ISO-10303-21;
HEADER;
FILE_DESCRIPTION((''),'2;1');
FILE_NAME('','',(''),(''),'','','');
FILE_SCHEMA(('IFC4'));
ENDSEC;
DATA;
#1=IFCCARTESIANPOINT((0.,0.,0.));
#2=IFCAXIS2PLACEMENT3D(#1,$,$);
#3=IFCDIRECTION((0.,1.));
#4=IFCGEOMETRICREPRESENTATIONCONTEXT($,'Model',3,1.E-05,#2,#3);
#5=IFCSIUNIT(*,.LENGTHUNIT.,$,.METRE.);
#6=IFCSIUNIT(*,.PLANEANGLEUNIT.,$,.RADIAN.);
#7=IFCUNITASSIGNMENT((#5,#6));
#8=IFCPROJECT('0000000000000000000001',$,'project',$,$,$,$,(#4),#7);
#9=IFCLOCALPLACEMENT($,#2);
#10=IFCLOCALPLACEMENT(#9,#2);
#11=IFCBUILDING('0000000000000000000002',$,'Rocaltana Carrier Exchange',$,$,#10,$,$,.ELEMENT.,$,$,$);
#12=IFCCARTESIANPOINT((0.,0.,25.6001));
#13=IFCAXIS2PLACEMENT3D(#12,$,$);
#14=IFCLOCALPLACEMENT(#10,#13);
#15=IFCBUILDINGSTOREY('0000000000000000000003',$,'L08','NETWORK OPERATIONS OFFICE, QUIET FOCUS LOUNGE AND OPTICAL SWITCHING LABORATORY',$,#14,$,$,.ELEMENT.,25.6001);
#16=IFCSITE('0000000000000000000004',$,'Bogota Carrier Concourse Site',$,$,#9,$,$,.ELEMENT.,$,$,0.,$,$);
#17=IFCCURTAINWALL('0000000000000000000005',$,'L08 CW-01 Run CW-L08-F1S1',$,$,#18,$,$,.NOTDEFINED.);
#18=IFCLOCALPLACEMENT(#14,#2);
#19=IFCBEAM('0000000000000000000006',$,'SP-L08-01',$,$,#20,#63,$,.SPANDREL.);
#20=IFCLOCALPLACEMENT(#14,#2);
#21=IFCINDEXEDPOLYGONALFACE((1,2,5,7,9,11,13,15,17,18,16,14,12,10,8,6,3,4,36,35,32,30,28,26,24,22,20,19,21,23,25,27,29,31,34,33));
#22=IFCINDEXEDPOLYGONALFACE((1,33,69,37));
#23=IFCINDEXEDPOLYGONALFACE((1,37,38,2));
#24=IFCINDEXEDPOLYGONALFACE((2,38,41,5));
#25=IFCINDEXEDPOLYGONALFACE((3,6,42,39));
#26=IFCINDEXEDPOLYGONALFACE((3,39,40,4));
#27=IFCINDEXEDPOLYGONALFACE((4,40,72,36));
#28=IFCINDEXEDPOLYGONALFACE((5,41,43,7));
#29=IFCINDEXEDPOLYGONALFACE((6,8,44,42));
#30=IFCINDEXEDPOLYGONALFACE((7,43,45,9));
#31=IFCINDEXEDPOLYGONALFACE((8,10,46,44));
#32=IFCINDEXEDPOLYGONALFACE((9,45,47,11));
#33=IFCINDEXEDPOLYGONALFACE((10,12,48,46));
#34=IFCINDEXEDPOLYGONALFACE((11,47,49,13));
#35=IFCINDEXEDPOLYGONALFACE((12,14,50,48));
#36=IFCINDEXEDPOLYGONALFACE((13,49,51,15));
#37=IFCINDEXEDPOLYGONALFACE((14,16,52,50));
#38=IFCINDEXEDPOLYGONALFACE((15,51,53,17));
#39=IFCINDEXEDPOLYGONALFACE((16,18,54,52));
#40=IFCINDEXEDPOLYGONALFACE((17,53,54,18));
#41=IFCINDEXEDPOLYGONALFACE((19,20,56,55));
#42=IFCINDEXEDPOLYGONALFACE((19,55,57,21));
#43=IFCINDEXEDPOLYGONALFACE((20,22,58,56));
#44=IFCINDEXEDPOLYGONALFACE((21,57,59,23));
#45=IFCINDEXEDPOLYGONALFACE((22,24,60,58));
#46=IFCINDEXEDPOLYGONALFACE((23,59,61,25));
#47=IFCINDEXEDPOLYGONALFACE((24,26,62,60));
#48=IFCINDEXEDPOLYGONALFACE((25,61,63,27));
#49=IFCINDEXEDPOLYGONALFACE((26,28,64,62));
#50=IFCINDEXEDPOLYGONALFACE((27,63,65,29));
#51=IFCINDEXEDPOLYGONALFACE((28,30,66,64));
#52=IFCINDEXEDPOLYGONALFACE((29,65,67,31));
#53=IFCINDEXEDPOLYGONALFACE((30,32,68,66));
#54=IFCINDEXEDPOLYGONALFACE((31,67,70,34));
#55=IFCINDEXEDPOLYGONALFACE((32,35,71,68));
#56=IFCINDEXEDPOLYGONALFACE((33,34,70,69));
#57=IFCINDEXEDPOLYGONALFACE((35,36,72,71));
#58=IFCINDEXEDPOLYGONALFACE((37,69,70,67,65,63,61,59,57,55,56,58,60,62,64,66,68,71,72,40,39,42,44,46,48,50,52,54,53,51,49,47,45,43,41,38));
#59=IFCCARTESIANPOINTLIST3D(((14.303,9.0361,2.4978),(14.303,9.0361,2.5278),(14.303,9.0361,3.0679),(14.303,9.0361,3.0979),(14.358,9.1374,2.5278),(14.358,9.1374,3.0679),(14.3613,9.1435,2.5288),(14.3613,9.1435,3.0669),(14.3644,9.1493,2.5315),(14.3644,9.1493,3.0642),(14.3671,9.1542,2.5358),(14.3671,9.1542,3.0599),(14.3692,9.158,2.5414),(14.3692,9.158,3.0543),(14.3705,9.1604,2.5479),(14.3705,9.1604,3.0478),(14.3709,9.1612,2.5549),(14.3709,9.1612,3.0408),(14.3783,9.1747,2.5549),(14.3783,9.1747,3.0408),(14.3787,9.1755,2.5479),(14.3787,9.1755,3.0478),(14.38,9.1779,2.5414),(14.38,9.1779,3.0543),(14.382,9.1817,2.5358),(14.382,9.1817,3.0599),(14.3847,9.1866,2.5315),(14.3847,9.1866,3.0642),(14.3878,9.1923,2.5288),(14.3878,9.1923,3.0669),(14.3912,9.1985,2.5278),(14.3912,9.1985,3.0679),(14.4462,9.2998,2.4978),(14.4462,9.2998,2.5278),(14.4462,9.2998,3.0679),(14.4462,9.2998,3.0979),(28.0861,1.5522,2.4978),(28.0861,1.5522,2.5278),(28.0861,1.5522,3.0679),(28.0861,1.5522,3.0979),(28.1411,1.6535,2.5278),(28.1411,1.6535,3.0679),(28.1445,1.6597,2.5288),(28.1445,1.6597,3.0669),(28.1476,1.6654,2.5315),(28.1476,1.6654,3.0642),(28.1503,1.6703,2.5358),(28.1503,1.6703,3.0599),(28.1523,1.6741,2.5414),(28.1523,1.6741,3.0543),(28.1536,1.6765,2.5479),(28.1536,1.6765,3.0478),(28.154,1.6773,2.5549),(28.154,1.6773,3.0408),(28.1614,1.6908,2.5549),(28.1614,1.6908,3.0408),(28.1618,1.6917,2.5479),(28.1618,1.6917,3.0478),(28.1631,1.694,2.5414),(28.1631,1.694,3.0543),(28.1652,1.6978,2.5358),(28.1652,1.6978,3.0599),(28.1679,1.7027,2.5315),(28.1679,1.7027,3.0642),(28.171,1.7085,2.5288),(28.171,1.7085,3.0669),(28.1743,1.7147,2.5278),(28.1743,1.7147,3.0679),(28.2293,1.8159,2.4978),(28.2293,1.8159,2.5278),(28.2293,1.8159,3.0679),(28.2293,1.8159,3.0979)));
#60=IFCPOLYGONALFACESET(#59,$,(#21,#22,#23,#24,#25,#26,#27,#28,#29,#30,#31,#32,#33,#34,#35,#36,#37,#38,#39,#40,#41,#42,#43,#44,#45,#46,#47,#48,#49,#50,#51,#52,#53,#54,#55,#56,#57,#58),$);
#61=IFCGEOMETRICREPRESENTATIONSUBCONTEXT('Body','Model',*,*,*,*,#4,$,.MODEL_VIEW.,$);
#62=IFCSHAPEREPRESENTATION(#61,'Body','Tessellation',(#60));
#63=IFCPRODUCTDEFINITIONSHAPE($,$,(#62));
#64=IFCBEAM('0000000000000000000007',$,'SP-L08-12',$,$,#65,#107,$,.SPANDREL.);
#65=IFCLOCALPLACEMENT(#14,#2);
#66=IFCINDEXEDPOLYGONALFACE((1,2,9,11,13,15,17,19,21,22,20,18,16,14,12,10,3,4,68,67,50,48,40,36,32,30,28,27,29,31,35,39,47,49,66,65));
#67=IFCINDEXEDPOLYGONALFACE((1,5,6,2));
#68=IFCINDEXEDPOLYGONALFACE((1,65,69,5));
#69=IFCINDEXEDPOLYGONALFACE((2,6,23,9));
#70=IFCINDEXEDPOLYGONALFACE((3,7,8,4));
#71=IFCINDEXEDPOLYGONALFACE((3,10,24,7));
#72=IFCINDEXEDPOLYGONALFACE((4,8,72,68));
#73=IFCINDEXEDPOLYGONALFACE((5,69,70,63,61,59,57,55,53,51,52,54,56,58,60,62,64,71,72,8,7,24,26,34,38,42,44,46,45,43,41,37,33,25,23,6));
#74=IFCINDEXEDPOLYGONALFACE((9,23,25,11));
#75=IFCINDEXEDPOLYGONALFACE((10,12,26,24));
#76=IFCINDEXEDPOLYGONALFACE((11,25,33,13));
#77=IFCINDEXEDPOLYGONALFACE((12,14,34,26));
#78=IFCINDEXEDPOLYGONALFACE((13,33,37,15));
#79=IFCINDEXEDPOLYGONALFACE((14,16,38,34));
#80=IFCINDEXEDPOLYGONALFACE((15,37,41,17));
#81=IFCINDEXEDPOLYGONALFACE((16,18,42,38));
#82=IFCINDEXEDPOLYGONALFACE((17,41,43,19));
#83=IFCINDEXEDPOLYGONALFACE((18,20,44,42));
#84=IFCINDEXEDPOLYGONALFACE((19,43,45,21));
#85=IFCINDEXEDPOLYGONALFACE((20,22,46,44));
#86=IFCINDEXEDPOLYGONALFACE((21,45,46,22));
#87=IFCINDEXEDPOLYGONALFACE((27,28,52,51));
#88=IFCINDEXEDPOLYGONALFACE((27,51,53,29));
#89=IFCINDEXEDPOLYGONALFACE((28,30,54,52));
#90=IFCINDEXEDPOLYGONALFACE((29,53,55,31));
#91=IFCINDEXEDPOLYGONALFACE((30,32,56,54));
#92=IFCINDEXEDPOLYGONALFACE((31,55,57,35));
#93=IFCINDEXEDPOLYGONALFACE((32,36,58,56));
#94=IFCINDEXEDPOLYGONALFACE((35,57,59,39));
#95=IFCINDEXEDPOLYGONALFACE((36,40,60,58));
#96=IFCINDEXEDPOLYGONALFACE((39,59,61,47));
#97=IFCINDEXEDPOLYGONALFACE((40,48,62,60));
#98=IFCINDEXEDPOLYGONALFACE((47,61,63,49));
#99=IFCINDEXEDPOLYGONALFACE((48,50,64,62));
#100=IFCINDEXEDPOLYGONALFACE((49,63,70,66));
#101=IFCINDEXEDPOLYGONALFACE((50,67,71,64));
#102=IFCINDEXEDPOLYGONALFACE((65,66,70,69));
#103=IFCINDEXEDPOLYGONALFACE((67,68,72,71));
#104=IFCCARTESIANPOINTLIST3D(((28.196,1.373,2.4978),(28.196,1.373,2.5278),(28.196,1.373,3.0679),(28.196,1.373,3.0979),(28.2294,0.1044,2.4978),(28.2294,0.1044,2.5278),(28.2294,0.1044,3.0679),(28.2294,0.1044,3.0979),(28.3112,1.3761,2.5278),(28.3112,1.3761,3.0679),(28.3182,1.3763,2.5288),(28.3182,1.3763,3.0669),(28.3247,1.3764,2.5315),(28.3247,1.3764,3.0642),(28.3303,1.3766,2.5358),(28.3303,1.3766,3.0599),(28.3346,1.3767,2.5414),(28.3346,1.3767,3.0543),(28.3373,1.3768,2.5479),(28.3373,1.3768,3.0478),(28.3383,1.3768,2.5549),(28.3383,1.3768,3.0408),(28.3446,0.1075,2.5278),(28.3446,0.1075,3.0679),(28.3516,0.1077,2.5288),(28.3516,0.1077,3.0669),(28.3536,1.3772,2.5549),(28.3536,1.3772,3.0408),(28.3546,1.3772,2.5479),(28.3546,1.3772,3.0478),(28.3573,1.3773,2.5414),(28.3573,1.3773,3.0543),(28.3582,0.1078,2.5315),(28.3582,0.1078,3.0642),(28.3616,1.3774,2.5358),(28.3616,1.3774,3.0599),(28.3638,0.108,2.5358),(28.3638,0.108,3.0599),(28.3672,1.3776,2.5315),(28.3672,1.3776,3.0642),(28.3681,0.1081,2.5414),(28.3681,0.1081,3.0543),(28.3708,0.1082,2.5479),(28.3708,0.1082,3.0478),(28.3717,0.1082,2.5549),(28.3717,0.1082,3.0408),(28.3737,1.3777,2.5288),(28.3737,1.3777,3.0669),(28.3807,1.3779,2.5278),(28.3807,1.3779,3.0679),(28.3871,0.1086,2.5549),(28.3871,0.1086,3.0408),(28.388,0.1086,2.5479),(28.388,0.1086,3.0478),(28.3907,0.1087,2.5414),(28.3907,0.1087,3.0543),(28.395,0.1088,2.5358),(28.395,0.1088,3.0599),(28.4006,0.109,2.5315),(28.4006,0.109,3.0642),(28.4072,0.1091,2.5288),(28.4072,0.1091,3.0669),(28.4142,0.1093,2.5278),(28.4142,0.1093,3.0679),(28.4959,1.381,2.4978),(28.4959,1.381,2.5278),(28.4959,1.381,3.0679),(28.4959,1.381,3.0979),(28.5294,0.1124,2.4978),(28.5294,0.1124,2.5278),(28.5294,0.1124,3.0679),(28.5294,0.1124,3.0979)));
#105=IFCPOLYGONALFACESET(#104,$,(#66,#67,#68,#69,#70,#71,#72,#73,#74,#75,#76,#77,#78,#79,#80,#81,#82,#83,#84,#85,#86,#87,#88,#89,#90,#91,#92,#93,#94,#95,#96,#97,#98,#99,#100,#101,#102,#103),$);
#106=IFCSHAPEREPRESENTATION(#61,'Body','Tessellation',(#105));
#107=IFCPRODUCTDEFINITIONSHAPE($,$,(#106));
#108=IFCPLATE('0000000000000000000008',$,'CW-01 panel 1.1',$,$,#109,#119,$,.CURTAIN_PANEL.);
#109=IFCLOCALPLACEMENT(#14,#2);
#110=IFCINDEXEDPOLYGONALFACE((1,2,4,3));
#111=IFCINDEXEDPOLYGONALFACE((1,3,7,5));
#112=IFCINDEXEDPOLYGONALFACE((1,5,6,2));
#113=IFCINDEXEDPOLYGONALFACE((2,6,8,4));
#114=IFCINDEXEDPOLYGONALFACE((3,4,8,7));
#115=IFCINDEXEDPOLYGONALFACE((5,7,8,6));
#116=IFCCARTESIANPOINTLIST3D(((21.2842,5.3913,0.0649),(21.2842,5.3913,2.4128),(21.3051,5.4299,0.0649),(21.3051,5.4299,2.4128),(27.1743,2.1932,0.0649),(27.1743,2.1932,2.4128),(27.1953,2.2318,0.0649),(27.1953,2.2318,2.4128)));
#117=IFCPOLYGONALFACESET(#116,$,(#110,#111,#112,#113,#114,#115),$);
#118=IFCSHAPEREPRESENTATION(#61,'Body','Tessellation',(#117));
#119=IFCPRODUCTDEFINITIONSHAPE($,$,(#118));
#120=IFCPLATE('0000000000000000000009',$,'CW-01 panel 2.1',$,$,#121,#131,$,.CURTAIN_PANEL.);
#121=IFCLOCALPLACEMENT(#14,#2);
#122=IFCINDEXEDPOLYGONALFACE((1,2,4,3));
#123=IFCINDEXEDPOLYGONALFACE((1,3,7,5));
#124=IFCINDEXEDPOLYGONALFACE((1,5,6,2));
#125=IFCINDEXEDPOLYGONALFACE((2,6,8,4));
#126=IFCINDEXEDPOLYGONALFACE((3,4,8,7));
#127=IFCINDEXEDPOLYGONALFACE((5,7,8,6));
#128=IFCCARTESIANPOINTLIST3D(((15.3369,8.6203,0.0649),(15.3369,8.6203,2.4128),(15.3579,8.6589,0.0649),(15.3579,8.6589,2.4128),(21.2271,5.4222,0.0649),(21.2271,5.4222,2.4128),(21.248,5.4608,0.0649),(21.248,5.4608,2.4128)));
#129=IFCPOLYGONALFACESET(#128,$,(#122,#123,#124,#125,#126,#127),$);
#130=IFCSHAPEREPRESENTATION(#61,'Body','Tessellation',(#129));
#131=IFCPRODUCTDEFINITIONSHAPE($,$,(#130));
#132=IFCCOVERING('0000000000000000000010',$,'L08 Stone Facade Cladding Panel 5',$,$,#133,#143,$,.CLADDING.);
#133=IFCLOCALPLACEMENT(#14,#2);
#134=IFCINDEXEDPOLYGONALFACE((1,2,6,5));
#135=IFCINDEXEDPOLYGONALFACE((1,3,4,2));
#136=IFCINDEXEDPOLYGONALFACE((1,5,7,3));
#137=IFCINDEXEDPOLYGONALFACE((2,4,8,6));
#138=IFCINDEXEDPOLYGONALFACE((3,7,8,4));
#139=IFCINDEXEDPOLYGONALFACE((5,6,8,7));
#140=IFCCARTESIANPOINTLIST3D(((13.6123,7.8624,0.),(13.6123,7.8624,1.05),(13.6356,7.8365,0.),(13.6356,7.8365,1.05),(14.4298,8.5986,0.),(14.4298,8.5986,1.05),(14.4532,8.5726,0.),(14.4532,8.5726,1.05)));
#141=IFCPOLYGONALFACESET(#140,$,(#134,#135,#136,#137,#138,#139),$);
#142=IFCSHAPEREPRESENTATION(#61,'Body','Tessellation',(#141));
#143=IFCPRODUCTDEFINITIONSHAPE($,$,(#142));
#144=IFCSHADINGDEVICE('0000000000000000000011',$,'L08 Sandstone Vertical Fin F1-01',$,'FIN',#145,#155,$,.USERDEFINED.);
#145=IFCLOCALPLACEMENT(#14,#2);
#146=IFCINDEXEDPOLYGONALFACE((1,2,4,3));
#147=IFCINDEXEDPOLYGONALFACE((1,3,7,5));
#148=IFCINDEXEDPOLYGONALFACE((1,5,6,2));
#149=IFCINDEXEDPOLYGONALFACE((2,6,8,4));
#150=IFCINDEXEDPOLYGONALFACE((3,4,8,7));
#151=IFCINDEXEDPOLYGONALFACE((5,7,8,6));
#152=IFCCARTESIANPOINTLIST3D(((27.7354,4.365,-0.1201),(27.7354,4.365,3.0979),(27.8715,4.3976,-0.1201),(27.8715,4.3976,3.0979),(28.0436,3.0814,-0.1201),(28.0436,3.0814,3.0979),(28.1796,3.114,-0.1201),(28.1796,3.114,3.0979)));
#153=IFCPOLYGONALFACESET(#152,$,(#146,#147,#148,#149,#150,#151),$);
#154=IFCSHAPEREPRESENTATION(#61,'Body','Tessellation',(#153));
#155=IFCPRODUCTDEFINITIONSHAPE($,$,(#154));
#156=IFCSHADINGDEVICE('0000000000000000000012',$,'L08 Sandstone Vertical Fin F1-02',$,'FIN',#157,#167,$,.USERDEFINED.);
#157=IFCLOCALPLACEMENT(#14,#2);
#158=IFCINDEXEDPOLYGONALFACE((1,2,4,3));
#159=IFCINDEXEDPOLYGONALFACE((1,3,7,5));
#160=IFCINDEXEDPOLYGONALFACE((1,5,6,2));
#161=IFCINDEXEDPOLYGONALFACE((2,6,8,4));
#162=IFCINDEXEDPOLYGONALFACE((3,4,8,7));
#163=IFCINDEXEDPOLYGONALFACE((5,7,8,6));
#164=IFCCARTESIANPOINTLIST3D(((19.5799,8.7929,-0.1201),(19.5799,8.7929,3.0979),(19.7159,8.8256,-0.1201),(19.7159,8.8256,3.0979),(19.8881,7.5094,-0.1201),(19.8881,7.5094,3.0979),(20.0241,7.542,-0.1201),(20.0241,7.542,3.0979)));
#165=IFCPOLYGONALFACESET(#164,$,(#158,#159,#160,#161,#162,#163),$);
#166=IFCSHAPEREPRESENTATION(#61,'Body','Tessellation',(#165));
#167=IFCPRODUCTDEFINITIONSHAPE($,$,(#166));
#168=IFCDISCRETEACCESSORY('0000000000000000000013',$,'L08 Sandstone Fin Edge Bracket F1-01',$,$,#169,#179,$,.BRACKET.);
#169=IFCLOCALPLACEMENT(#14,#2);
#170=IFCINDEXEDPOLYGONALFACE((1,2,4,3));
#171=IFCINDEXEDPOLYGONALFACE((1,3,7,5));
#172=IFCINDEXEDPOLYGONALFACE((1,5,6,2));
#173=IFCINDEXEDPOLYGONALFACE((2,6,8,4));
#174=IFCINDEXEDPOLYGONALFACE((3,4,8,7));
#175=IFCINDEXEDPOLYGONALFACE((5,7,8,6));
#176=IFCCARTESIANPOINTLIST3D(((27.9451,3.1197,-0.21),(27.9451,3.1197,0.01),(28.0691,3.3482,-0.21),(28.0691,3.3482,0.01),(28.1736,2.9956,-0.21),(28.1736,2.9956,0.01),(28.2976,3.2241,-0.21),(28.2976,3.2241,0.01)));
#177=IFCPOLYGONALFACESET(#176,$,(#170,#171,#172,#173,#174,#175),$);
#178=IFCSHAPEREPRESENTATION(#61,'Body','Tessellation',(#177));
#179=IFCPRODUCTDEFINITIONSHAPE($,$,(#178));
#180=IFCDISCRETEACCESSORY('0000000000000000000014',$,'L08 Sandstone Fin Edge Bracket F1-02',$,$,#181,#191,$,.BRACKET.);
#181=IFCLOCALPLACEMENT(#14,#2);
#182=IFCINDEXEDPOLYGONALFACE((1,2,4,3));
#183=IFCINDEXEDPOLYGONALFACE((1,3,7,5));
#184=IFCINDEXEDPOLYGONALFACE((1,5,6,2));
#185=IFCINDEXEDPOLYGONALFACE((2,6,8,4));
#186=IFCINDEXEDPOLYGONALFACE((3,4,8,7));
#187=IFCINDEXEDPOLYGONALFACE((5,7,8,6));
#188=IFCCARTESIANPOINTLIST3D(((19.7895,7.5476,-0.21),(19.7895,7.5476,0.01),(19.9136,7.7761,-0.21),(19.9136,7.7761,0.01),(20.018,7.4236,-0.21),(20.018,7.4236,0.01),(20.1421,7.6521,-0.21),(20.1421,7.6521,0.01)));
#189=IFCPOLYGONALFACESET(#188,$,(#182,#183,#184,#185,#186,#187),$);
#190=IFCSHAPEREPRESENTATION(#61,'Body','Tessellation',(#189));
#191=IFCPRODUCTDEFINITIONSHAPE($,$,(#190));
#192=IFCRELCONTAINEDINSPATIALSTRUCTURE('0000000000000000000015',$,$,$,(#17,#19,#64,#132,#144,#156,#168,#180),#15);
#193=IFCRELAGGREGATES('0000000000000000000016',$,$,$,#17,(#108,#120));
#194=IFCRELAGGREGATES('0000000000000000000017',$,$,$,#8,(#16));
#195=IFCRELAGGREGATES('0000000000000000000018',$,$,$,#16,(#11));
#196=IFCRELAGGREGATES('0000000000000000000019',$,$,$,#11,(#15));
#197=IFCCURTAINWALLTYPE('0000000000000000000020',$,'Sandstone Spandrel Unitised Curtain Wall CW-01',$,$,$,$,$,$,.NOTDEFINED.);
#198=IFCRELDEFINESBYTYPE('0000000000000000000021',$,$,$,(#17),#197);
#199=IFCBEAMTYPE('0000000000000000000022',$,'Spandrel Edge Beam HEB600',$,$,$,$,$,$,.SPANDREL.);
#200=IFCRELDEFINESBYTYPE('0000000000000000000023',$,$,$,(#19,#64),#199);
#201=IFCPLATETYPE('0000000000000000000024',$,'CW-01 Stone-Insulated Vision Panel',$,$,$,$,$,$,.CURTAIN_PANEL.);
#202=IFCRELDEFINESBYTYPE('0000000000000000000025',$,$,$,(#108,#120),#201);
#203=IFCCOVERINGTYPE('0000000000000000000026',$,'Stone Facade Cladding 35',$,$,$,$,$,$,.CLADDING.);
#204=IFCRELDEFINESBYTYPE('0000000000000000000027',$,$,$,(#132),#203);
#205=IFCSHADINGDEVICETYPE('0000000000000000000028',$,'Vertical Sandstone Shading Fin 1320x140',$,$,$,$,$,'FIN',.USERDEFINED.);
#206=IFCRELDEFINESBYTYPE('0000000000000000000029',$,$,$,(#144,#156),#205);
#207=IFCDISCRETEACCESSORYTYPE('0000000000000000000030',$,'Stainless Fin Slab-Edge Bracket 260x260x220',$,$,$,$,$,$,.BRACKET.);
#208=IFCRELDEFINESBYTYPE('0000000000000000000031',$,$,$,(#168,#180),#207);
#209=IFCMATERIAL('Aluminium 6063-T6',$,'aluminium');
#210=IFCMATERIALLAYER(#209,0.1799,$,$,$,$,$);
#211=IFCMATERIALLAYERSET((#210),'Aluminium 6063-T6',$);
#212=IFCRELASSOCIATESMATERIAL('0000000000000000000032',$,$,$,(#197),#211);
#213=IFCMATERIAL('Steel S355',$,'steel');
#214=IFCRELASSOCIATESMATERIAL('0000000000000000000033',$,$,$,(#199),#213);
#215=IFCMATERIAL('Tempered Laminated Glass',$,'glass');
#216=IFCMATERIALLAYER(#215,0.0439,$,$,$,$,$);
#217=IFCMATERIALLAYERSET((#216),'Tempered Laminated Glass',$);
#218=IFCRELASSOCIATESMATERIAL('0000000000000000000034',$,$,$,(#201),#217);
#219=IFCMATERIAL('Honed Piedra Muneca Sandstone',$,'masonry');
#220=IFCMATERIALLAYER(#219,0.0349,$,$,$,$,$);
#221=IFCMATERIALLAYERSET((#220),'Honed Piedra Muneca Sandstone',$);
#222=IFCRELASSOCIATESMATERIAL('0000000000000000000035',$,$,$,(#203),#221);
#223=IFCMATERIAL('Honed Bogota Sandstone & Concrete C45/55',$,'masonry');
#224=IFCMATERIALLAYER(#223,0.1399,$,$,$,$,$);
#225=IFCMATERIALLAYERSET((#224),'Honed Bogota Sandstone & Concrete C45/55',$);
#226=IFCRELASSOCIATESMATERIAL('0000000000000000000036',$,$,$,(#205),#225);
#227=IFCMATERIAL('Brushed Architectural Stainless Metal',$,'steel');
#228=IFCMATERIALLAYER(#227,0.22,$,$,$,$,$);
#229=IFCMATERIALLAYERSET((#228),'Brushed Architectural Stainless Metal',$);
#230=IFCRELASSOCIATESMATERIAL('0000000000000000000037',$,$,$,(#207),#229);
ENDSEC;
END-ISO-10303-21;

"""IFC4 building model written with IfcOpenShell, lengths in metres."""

from ifc_helpers import new_model, si_unit, direction, frame, origin, origin_2d, place, context, subcontext, project, spatial, rectangle, i_section, extrude, material, layer, layer_set, material_profile, profile_set, type_object, element, aggregate, save


model = new_model("IFC4")

# Units and contexts
model_context = context("Model", 3, precision=1e-05, world=origin(), true_north=direction((0.0, 1.0)))
body_context = subcontext(model_context, "Body", "Model", "MODEL_VIEW")
ifc_project = project(units=[si_unit("LENGTHUNIT", "METRE"), si_unit("PLANEANGLEUNIT", "RADIAN")], contexts=[model_context])

# Site, building, storey
site_placement = place(None, origin())
site = spatial("IfcSite", under=ifc_project, at=site_placement, Name="Bogota Carrier Concourse Site", CompositionType="ELEMENT", RefElevation=0.0)
building_placement = place(site_placement, origin())
building = spatial("IfcBuilding", under=site, at=building_placement, Name="Rocaltana Carrier Exchange", CompositionType="ELEMENT")
storey_placement = place(building_placement, frame((0.0, 0.0, 25.6001)))
storey = spatial("IfcBuildingStorey", under=building, at=storey_placement, Name="L08", Description="NETWORK OPERATIONS OFFICE, QUIET FOCUS LOUNGE AND OPTICAL SWITCHING LABORATORY", CompositionType="ELEMENT", Elevation=25.6001)

# Curtain wall
ifc_material_1 = material(Name="Aluminium 6063-T6", Category="aluminium")
ifc_layer_1 = layer(ifc_material_1, 0.1799)
ifc_layer_set_1 = layer_set([ifc_layer_1], Name="Aluminium 6063-T6")
curtain_wall_type = type_object("IfcCurtainWallType", Name="Sandstone Spandrel Unitised Curtain Wall CW-01", PredefinedType="NOTDEFINED", material=ifc_layer_set_1)
curtain_wall_placement = place(storey_placement, origin())
curtain_wall = element("IfcCurtainWall", 1, at=curtain_wall_placement, inside=storey, type_object=curtain_wall_type, Name="L08 CW-01 Run CW-L08-F1S1", PredefinedType="NOTDEFINED")

# Beams
ifc_material_2 = material(Name="Steel S355", Category="steel")
ifc_material_profile_1 = material_profile(ifc_material_2, i_section(OverallWidth=0.3, OverallDepth=0.6001, WebThickness=0.0154, FlangeThickness=0.03, FilletRadius=0.0271, at=origin_2d()), Name="HEB600")
ifc_profile_set_1 = profile_set([ifc_material_profile_1], Name="Steel S355")
beam_type_1 = type_object("IfcBeamType", Name="Spandrel Edge Beam HEB600", PredefinedType="SPANDREL", material=ifc_profile_set_1)
beam_1_placement = place(storey_placement, frame((28.1577, 1.6841, 2.7979), z_axis=(-0.878811, 0.477169, 0.0), x_axis=(-0.477169, -0.878811, 0.0)))
element("IfcBeam", 2, at=beam_1_placement, inside=storey, type_object=beam_type_1, Name="SP-L08-01", PredefinedType="SPANDREL", context=body_context, shape_type="SweptSolid", body=[
    extrude(i_section(OverallWidth=0.3, OverallDepth=0.6001, WebThickness=0.0154, FlangeThickness=0.03, FilletRadius=0.0271, at=origin_2d()), origin(), (0.0, 0.0, 1.0), 15.6838),
])
beam_2_placement = place(storey_placement, frame((28.3794, 0.1084, 2.7979), z_axis=(-0.026357, 0.999653, 0.0), x_axis=(-0.999653, -0.026357, 0.0)))
element("IfcBeam", 3, at=beam_2_placement, inside=storey, type_object=beam_type_1, Name="SP-L08-12", PredefinedType="SPANDREL", context=body_context, shape_type="SweptSolid", body=[
    extrude(i_section(OverallWidth=0.3, OverallDepth=0.6001, WebThickness=0.0154, FlangeThickness=0.03, FilletRadius=0.0271, at=origin_2d()), origin(), (0.0, 0.0, 1.0), 1.269),
])

# Plates
ifc_material_3 = material(Name="Tempered Laminated Glass", Category="glass")
ifc_layer_2 = layer(ifc_material_3, 0.0439)
ifc_layer_set_2 = layer_set([ifc_layer_2], Name="Tempered Laminated Glass")
plate_type = type_object("IfcPlateType", Name="CW-01 Stone-Insulated Vision Panel", PredefinedType="CURTAIN_PANEL", material=ifc_layer_set_2)
plate_1_placement = place(storey_placement, frame((24.2397, 3.8115, 0.0649), z_axis=(0.0, 0.0, 1.0), x_axis=(-0.878816, 0.477161, 0.0)))
plate_1 = element("IfcPlate", 4, at=plate_1_placement, type_object=plate_type, Name="CW-01 panel 1.1", PredefinedType="CURTAIN_PANEL", context=body_context, shape_type="SweptSolid", body=[
    extrude(rectangle(XDim=6.7024, YDim=0.0439, at=origin_2d()), origin(), (0.0, 0.0, 1.0), 2.3479),
])
plate_2_placement = place(storey_placement, frame((18.2925, 7.0405, 0.0649), z_axis=(0.0, 0.0, 1.0), x_axis=(-0.878816, 0.477161, 0.0)))
plate_2 = element("IfcPlate", 5, at=plate_2_placement, type_object=plate_type, Name="CW-01 panel 2.1", PredefinedType="CURTAIN_PANEL", context=body_context, shape_type="SweptSolid", body=[
    extrude(rectangle(XDim=6.7024, YDim=0.0439, at=origin_2d()), origin(), (0.0, 0.0, 1.0), 2.3479),
])
aggregate(curtain_wall, [plate_1, plate_2])

# Covering
ifc_material_4 = material(Name="Honed Piedra Muneca Sandstone", Category="masonry")
ifc_layer_3 = layer(ifc_material_4, 0.0349)
ifc_layer_set_3 = layer_set([ifc_layer_3], Name="Honed Piedra Muneca Sandstone")
covering_type = type_object("IfcCoveringType", Name="Stone Facade Cladding 35", PredefinedType="CLADDING", material=ifc_layer_set_3)
covering_placement = place(storey_placement, frame((14.0327, 8.2175, 0.0), z_axis=(0.0, 0.0, 1.0), x_axis=(0.743145, 0.669131, 0.0)))
element("IfcCovering", 6, at=covering_placement, inside=storey, type_object=covering_type, Name="L08 Stone Facade Cladding Panel 5", PredefinedType="CLADDING", context=body_context, shape_type="SweptSolid", body=[
    extrude(rectangle(XDim=1.1001, YDim=0.0349, at=origin_2d()), origin(), (0.0, 0.0, 1.0), 1.05),
])

# Shading devices
ifc_material_5 = material(Name="Honed Bogota Sandstone & Concrete C45/55", Category="masonry")
ifc_layer_4 = layer(ifc_material_5, 0.1399)
ifc_layer_set_4 = layer_set([ifc_layer_4], Name="Honed Bogota Sandstone & Concrete C45/55")
shading_device_type = type_object("IfcShadingDeviceType", Name="Vertical Sandstone Shading Fin 1320x140", ElementType="FIN", PredefinedType="USERDEFINED", material=ifc_layer_set_4)
for number, where, z_axis, x_axis, name in (
    (7, (27.9575, 3.7395, -0.1201), (0.0, 0.0, 1.0), (-0.233445, 0.97237, 0.0), "L08 Sandstone Vertical Fin F1-01"),
    (8, (19.802, 8.1675, -0.1201), (0.0, 0.0, 1.0), (-0.233445, 0.97237, 0.0), "L08 Sandstone Vertical Fin F1-02"),
):
    element("IfcShadingDevice", number, at=place(storey_placement, frame(where, z_axis=z_axis, x_axis=x_axis)), inside=storey, type_object=shading_device_type, Name=name, ObjectType="FIN", PredefinedType="USERDEFINED", context=body_context, shape_type="SweptSolid", body=[
        extrude(rectangle(XDim=1.3201, YDim=0.1399, at=origin_2d()), origin(), (0.0, 0.0, 1.0), 3.218),
    ])

# Discrete accessories
ifc_material_6 = material(Name="Brushed Architectural Stainless Metal", Category="steel")
ifc_layer_5 = layer(ifc_material_6, 0.22)
ifc_layer_set_5 = layer_set([ifc_layer_5], Name="Brushed Architectural Stainless Metal")
discrete_accessory_type = type_object("IfcDiscreteAccessoryType", Name="Stainless Fin Slab-Edge Bracket 260x260x220", PredefinedType="BRACKET", material=ifc_layer_set_5)
for number, where, z_axis, x_axis, name in (
    (9, (28.1213, 3.1719, -0.21), (0.0, 0.0, 1.0), (-0.878817, 0.477159, 0.0), "L08 Sandstone Fin Edge Bracket F1-01"),
    (10, (19.9658, 7.5999, -0.21), (0.0, 0.0, 1.0), (-0.878817, 0.477159, 0.0), "L08 Sandstone Fin Edge Bracket F1-02"),
):
    element("IfcDiscreteAccessory", number, at=place(storey_placement, frame(where, z_axis=z_axis, x_axis=x_axis)), inside=storey, type_object=discrete_accessory_type, Name=name, PredefinedType="BRACKET", context=body_context, shape_type="SweptSolid", body=[
        extrude(rectangle(XDim=0.26, YDim=0.26, at=origin_2d()), origin(), (0.0, 0.0, 1.0), 0.22),
    ])

save(model, "model.ifc")
